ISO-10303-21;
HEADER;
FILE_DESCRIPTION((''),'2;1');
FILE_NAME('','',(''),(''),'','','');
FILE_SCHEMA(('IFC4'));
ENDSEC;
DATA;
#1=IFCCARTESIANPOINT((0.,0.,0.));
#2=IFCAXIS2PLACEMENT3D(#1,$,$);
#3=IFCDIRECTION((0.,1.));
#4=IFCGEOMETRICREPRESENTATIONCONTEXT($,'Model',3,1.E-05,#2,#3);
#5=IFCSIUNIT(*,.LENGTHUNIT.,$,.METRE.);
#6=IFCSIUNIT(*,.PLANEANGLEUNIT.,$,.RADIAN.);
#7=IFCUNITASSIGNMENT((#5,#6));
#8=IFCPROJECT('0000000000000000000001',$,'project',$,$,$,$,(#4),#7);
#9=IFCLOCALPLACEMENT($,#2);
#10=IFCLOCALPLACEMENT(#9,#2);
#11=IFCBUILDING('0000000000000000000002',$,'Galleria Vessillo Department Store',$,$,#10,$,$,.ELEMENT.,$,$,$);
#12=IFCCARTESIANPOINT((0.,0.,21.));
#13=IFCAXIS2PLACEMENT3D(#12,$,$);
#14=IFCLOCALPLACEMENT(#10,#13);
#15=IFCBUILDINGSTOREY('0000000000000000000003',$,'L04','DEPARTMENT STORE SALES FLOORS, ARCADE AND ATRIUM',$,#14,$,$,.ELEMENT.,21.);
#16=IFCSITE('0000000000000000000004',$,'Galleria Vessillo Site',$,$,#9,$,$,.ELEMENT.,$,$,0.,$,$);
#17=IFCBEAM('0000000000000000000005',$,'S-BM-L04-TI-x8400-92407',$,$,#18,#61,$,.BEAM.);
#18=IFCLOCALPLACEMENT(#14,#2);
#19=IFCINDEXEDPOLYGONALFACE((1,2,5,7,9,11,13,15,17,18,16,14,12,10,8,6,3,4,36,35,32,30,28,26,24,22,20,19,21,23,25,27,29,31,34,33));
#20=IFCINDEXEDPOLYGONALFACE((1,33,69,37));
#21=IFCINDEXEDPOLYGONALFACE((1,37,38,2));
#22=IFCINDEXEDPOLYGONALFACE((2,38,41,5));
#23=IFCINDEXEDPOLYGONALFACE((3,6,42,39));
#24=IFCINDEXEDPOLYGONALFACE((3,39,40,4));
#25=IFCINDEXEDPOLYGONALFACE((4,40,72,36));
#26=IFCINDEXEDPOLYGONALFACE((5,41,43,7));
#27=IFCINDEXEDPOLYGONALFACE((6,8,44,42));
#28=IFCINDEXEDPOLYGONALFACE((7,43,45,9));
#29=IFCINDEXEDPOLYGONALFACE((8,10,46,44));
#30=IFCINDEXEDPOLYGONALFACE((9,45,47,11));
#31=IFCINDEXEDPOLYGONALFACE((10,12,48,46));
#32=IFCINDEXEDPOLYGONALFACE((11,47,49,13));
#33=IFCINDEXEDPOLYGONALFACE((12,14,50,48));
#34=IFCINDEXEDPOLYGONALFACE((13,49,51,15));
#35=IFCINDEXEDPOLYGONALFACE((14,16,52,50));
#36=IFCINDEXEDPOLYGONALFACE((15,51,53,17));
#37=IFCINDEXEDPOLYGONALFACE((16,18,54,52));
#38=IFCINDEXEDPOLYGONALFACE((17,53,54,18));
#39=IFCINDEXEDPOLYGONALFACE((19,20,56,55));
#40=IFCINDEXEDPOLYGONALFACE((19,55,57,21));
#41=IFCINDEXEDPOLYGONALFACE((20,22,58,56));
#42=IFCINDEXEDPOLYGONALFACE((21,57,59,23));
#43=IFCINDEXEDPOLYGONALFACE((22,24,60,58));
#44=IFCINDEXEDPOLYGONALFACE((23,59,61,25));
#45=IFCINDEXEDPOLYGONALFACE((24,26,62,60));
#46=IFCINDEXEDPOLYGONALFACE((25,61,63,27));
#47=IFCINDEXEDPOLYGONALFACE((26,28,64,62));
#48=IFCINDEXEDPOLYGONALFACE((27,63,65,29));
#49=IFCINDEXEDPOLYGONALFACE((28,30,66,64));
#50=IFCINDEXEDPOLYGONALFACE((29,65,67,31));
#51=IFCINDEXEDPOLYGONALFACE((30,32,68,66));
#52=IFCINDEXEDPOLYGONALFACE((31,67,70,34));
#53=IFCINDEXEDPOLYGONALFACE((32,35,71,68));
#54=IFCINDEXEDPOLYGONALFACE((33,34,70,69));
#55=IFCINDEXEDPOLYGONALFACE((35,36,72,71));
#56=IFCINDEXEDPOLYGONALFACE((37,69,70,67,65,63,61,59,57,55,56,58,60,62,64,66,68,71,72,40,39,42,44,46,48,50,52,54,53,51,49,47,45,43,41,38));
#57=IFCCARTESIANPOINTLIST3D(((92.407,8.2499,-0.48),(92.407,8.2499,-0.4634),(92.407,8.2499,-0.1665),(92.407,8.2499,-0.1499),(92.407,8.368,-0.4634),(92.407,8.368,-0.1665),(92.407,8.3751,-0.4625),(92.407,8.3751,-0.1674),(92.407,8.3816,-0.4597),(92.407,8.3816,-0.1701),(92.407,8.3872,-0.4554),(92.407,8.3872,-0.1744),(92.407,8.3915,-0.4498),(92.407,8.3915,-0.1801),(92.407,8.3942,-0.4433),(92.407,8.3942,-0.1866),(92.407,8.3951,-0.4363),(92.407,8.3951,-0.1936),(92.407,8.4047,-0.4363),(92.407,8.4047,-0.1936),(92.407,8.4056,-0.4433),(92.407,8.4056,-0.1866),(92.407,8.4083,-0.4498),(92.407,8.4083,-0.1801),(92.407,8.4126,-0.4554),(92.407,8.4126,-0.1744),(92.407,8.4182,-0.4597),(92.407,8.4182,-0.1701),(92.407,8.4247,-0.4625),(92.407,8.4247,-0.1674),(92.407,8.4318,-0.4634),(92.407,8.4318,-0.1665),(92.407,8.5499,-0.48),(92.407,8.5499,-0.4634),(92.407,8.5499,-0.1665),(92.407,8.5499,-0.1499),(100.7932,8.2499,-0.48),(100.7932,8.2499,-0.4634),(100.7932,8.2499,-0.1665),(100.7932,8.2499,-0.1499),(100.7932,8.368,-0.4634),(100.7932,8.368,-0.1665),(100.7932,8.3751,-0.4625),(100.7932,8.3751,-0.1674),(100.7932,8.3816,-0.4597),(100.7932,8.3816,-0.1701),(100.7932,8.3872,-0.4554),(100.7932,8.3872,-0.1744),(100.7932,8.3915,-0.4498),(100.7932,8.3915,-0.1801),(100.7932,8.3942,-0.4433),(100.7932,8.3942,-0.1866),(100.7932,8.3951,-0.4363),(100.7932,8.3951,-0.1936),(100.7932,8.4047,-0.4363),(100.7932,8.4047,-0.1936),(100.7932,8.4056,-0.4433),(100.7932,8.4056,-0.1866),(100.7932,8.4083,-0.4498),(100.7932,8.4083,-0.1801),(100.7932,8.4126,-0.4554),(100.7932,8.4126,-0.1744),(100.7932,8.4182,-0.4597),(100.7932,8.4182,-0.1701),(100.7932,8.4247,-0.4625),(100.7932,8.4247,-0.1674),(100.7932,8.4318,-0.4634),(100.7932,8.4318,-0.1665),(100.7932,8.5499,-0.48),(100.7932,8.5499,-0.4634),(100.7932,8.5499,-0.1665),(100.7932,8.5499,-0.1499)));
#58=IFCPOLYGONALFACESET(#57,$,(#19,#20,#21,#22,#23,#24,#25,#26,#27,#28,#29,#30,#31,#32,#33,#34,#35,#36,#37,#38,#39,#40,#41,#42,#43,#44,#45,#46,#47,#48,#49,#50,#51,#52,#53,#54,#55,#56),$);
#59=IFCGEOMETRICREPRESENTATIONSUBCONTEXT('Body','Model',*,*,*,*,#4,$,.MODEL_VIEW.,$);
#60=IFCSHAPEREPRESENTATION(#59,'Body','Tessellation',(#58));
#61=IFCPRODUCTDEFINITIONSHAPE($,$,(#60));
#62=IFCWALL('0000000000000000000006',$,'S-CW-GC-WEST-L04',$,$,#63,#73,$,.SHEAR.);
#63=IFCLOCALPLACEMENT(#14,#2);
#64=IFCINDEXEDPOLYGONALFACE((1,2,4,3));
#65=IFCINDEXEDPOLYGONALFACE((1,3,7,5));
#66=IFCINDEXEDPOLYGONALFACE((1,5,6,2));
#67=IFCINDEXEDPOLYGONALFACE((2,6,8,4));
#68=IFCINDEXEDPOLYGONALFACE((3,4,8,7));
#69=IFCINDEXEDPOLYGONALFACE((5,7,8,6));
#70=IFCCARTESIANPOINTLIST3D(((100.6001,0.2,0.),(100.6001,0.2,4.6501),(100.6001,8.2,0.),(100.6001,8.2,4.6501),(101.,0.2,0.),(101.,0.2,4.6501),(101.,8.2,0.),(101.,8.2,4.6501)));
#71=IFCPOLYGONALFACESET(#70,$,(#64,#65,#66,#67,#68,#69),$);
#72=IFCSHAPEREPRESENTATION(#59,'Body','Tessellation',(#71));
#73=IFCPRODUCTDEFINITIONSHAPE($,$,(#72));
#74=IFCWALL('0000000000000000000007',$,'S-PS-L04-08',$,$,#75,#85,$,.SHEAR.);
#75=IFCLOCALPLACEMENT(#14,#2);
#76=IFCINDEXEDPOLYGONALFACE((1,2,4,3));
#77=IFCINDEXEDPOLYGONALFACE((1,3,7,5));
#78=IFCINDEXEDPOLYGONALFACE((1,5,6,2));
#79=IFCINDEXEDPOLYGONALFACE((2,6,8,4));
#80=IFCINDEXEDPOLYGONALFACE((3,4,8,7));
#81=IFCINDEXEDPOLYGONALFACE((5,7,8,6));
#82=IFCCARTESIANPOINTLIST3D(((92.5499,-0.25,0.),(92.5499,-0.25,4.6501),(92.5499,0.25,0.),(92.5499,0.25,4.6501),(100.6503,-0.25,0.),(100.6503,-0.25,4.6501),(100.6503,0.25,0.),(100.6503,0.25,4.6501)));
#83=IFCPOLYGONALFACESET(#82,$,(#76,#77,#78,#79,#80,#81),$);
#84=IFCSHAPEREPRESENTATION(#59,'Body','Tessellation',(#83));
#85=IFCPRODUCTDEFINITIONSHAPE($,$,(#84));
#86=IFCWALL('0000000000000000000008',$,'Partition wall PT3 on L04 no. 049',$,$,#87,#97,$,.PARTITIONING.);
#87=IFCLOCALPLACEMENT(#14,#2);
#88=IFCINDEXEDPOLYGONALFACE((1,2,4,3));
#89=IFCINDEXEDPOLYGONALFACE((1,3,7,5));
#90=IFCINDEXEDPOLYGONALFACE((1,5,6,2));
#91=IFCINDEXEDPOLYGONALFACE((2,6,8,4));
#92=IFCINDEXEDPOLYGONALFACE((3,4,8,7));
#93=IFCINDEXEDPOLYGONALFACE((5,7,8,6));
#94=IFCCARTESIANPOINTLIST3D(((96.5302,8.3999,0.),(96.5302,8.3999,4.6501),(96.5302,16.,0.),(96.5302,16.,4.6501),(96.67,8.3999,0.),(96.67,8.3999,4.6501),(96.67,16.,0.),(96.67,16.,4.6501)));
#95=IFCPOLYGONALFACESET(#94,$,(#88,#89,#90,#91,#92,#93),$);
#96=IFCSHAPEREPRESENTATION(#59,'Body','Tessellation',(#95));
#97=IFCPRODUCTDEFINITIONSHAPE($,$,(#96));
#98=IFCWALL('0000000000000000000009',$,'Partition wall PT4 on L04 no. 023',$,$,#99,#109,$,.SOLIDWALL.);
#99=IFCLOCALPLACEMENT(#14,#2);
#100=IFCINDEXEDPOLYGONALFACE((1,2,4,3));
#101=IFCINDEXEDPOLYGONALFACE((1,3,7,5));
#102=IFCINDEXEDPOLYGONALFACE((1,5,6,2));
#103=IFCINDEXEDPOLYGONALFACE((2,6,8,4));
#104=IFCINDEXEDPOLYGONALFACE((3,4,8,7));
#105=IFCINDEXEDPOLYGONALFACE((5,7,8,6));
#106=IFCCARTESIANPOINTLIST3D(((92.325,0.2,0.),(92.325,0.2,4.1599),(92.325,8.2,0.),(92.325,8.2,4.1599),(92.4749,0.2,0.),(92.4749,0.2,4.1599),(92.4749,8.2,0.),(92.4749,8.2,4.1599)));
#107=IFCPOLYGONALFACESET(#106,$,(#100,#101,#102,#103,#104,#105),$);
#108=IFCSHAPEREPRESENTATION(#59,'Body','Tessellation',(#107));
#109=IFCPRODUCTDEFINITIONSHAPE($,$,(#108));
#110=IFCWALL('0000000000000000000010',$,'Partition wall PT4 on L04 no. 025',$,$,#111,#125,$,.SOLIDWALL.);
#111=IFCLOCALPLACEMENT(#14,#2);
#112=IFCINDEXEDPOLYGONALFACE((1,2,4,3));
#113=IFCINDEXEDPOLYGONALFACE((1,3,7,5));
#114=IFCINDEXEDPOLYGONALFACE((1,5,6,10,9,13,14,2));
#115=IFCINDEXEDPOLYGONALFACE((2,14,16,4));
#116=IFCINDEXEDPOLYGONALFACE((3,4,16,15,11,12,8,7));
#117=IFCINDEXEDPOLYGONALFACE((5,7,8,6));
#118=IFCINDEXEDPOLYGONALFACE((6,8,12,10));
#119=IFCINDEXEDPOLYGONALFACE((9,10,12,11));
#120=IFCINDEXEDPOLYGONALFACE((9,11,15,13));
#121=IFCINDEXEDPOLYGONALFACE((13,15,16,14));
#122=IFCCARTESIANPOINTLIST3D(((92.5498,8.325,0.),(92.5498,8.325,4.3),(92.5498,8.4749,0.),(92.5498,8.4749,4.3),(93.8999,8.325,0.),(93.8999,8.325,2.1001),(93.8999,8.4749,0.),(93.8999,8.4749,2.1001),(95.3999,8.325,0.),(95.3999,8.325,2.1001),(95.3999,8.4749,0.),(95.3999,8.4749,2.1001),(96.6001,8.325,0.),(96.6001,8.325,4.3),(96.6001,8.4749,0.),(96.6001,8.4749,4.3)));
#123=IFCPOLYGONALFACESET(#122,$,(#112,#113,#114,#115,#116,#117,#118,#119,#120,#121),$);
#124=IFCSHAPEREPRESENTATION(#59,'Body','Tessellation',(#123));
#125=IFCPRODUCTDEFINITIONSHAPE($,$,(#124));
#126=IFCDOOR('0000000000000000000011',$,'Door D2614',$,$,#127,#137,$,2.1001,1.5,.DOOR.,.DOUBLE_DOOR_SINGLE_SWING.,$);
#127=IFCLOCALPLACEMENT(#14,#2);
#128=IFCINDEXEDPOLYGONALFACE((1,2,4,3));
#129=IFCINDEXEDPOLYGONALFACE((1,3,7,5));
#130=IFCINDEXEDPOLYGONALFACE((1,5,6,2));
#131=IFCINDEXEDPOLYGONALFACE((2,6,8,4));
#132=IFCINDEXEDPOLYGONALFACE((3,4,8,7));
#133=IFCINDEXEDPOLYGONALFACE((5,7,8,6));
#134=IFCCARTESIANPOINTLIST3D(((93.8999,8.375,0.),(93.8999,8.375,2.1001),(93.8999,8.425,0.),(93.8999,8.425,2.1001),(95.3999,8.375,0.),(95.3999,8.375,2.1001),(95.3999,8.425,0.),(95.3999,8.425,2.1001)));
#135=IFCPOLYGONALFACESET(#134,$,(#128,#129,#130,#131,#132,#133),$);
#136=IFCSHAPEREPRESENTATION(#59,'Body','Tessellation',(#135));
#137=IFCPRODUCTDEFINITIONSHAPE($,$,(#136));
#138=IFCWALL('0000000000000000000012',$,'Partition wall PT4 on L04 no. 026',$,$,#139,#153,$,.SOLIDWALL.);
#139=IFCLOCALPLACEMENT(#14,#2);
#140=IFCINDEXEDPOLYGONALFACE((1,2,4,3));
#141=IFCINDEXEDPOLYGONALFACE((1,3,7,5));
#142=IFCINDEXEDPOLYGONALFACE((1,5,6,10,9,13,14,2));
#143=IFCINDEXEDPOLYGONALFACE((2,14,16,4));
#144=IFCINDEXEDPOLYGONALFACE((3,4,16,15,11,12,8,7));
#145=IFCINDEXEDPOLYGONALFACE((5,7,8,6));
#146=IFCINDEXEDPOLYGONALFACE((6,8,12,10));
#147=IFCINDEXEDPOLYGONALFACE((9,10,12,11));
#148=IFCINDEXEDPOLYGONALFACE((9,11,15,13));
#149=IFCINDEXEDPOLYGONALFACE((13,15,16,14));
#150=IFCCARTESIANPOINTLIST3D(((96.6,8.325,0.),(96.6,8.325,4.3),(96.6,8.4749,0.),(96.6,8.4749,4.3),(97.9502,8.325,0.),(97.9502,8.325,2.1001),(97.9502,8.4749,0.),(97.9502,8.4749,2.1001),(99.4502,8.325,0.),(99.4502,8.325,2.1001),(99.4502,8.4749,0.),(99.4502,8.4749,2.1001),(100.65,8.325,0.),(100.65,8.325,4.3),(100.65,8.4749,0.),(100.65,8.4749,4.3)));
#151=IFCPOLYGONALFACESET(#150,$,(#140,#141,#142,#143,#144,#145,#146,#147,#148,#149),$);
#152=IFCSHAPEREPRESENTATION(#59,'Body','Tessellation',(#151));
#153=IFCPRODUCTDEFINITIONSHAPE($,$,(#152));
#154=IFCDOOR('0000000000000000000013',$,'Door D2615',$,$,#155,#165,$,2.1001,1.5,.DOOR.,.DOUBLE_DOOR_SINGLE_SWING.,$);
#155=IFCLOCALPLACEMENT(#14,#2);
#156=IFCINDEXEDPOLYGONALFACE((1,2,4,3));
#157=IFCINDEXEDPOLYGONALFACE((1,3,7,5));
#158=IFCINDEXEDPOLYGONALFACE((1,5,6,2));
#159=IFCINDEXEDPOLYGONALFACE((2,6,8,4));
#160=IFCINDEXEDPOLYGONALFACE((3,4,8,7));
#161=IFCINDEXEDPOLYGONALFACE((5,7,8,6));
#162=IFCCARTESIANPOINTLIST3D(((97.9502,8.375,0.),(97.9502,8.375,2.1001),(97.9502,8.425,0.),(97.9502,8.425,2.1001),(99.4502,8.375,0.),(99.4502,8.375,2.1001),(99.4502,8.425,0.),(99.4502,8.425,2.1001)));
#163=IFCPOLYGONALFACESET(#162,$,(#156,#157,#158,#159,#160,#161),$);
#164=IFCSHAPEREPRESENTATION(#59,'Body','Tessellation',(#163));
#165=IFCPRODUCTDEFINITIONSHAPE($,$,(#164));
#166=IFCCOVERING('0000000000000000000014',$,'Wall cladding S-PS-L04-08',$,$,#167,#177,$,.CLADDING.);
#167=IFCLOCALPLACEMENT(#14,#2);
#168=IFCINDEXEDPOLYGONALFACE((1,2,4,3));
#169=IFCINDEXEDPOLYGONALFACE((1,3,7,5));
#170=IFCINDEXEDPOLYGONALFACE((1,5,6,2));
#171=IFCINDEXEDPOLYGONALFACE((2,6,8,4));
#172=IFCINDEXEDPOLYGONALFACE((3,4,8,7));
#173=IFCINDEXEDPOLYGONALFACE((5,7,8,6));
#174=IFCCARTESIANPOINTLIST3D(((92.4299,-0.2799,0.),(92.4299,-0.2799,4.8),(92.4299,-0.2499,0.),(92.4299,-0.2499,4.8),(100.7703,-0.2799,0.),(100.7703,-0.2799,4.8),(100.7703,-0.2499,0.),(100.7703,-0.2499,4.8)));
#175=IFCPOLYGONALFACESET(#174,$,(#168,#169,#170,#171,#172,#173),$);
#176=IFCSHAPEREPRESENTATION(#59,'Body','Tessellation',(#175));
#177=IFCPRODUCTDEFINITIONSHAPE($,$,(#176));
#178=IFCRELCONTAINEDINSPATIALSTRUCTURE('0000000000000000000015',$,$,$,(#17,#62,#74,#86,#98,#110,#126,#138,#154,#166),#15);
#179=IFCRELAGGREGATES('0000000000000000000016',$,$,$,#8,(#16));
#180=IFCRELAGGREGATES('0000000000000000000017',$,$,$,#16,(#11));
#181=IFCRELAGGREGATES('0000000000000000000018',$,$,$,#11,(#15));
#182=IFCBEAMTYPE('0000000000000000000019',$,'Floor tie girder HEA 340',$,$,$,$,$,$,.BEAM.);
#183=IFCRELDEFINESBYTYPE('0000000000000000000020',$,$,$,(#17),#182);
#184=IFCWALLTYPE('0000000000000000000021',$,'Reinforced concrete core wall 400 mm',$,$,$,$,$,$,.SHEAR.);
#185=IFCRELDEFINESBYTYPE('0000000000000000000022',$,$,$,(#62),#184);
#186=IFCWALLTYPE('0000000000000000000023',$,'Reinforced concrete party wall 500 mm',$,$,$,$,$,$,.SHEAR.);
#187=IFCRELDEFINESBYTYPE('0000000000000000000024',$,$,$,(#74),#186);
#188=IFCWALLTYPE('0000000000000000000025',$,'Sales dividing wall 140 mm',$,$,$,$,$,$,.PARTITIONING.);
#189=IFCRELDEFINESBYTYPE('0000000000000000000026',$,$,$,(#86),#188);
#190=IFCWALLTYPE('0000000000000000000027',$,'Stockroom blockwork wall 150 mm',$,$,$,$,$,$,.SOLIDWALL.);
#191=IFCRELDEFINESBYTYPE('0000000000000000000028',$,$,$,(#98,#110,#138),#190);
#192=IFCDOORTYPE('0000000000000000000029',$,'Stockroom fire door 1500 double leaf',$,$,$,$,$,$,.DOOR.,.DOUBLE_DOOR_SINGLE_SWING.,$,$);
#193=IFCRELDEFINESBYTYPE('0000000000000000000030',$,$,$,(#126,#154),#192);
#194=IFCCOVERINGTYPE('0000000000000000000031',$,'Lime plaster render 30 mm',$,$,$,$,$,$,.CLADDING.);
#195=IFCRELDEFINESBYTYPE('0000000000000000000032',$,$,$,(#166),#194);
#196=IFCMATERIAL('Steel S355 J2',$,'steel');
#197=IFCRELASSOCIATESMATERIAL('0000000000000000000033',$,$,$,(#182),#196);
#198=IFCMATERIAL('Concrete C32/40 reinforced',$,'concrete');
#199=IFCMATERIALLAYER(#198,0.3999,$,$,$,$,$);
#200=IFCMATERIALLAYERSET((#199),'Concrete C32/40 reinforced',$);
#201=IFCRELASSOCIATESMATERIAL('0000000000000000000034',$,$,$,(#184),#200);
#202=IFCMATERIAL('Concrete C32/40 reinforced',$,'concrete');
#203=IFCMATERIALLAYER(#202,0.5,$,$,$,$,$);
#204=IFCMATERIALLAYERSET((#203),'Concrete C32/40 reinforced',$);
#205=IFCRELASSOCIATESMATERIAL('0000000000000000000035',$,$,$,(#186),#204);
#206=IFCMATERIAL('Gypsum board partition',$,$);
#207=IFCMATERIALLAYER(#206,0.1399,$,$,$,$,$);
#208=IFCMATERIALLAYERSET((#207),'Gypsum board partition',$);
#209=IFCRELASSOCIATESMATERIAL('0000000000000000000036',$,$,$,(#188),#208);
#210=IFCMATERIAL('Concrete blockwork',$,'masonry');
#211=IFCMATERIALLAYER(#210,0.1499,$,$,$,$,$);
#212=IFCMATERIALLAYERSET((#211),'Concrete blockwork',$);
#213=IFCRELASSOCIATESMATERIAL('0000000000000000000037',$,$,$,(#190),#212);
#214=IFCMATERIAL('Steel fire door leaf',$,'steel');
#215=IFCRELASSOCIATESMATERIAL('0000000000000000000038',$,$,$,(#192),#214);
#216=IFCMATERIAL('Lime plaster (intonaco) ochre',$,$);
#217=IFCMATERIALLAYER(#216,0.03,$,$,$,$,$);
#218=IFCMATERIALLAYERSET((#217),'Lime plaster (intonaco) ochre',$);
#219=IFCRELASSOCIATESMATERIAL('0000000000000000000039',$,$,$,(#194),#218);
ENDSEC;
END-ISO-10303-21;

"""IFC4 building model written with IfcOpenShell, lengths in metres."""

from ifc_helpers import new_model, si_unit, direction, frame, frame_2d, origin, origin_2d, place, context, subcontext, project, spatial, rectangle, i_section, extrude, material, layer, layer_set, material_profile, profile_set, type_object, element, fill, save


model = new_model("IFC4")

# Units and contexts
model_context = context("Model", 3, precision=1e-05, world=origin(), true_north=direction((0.0, 1.0)))
body_context = subcontext(model_context, "Body", "Model", "MODEL_VIEW")
ifc_project = project(units=[si_unit("LENGTHUNIT", "METRE"), si_unit("PLANEANGLEUNIT", "RADIAN")], contexts=[model_context])

# Site, building, storey
site_placement = place(None, origin())
site = spatial("IfcSite", under=ifc_project, at=site_placement, Name="Galleria Vessillo Site", CompositionType="ELEMENT", RefElevation=0.0)
building_placement = place(site_placement, origin())
building = spatial("IfcBuilding", under=site, at=building_placement, Name="Galleria Vessillo Department Store", CompositionType="ELEMENT")
storey_placement = place(building_placement, frame((0.0, 0.0, 21.0)))
storey = spatial("IfcBuildingStorey", under=building, at=storey_placement, Name="L04", Description="DEPARTMENT STORE SALES FLOORS, ARCADE AND ATRIUM", CompositionType="ELEMENT", Elevation=21.0)

# Beam
ifc_material_1 = material(Name="Steel S355 J2", Category="steel")
ifc_material_profile_1 = material_profile(ifc_material_1, i_section(OverallWidth=0.3, OverallDepth=0.3301, WebThickness=0.0095, FlangeThickness=0.0166, FilletRadius=0.0271, at=origin_2d()), Name="HEA 340")
ifc_profile_set_1 = profile_set([ifc_material_profile_1], Name="Steel S355 J2")
beam_type_1 = type_object("IfcBeamType", Name="Floor tie girder HEA 340", PredefinedType="BEAM", material=ifc_profile_set_1)
beam_placement = place(storey_placement, frame((92.407, 8.3999, -0.3149), z_axis=(1.0, 0.0, 0.0), x_axis=(0.0, 1.0, 0.0)))
element("IfcBeam", 1, at=beam_placement, inside=storey, type_object=beam_type_1, Name="S-BM-L04-TI-x8400-92407", PredefinedType="BEAM", context=body_context, shape_type="SweptSolid", body=[
    extrude(i_section(OverallWidth=0.3, OverallDepth=0.3301, WebThickness=0.0095, FlangeThickness=0.0166, FilletRadius=0.0271, at=origin_2d()), origin(), (0.0, 0.0, 1.0), 8.3862),
])

# Walls
ifc_material_2 = material(Name="Concrete C32/40 reinforced", Category="concrete")
ifc_layer_1 = layer(ifc_material_2, 0.3999)
ifc_layer_set_1 = layer_set([ifc_layer_1], Name="Concrete C32/40 reinforced")
wall_type_1 = type_object("IfcWallType", Name="Reinforced concrete core wall 400 mm", PredefinedType="SHEAR", material=ifc_layer_set_1)
wall_1_placement = place(storey_placement, frame((100.8, 0.2, 0.0), z_axis=(0.0, 0.0, 1.0), x_axis=(0.0, 1.0, 0.0)))
element("IfcWall", 2, at=wall_1_placement, inside=storey, type_object=wall_type_1, Name="S-CW-GC-WEST-L04", PredefinedType="SHEAR", context=body_context, shape_type="SweptSolid", body=[
    extrude(rectangle(XDim=8.0, YDim=0.3999, at=frame_2d((4.0, 0.0))), origin(), (0.0, 0.0, 1.0), 4.6501),
])
ifc_material_3 = material(Name="Concrete C32/40 reinforced", Category="concrete")
ifc_layer_2 = layer(ifc_material_3, 0.5)
ifc_layer_set_2 = layer_set([ifc_layer_2], Name="Concrete C32/40 reinforced")
wall_type_2 = type_object("IfcWallType", Name="Reinforced concrete party wall 500 mm", PredefinedType="SHEAR", material=ifc_layer_set_2)
wall_2_placement = place(storey_placement, frame((92.5498, 0.0, 0.0), z_axis=(0.0, 0.0, 1.0), x_axis=(1.0, 0.0, 0.0)))
element("IfcWall", 3, at=wall_2_placement, inside=storey, type_object=wall_type_2, Name="S-PS-L04-08", PredefinedType="SHEAR", context=body_context, shape_type="SweptSolid", body=[
    extrude(rectangle(XDim=8.1003, YDim=0.5, at=frame_2d((4.0503, 0.0))), origin(), (0.0, 0.0, 1.0), 4.6501),
])
ifc_material_4 = material(Name="Gypsum board partition")
ifc_layer_3 = layer(ifc_material_4, 0.1399)
ifc_layer_set_3 = layer_set([ifc_layer_3], Name="Gypsum board partition")
wall_type_3 = type_object("IfcWallType", Name="Sales dividing wall 140 mm", PredefinedType="PARTITIONING", material=ifc_layer_set_3)
wall_3_placement = place(storey_placement, frame((96.6001, 8.3999, 0.0), z_axis=(0.0, 0.0, 1.0), x_axis=(0.0, 1.0, 0.0)))
element("IfcWall", 4, at=wall_3_placement, inside=storey, type_object=wall_type_3, Name="Partition wall PT3 on L04 no. 049", PredefinedType="PARTITIONING", context=body_context, shape_type="SweptSolid", body=[
    extrude(rectangle(XDim=7.6001, YDim=0.1399, at=frame_2d((3.8, 0.0))), origin(), (0.0, 0.0, 1.0), 4.6501),
])
ifc_material_5 = material(Name="Concrete blockwork", Category="masonry")
ifc_layer_4 = layer(ifc_material_5, 0.1499)
ifc_layer_set_4 = layer_set([ifc_layer_4], Name="Concrete blockwork")
wall_type_4 = type_object("IfcWallType", Name="Stockroom blockwork wall 150 mm", PredefinedType="SOLIDWALL", material=ifc_layer_set_4)
wall_4_placement = place(storey_placement, frame((92.3999, 0.2, 0.0), z_axis=(0.0, 0.0, 1.0), x_axis=(0.0, 1.0, 0.0)))
element("IfcWall", 5, at=wall_4_placement, inside=storey, type_object=wall_type_4, Name="Partition wall PT4 on L04 no. 023", PredefinedType="SOLIDWALL", context=body_context, shape_type="SweptSolid", body=[
    extrude(rectangle(XDim=8.0, YDim=0.1499, at=frame_2d((4.0, 0.0))), origin(), (0.0, 0.0, 1.0), 4.1599),
])

# Walls, openings, doors
wall_5_placement = place(storey_placement, frame((92.5498, 8.3999, 0.0), z_axis=(0.0, 0.0, 1.0), x_axis=(1.0, 0.0, 0.0)))
wall_5 = element("IfcWall", 6, at=wall_5_placement, inside=storey, type_object=wall_type_4, Name="Partition wall PT4 on L04 no. 025", PredefinedType="SOLIDWALL", context=body_context, shape_type="SweptSolid", body=[
    extrude(rectangle(XDim=4.0503, YDim=0.1499, at=frame_2d((2.0251, 0.0))), origin(), (0.0, 0.0, 1.0), 4.3),
])
opening_1_placement = place(wall_5_placement, frame((1.3501, 0.0, 0.0)))
opening_1 = element("IfcOpeningElement", 7, at=opening_1_placement, cuts=wall_5, PredefinedType="OPENING", context=body_context, shape_type="SweptSolid", body=[
    extrude(rectangle(XDim=1.5, YDim=2.1001, at=frame_2d((0.75, 1.05))), frame((0.0, 0.085, 0.0), z_axis=(0.0, -1.0, 0.0), x_axis=(1.0, 0.0, 0.0)), (0.0, 0.0, 1.0), 0.1699),
])
ifc_material_6 = material(Name="Steel fire door leaf", Category="steel")
door_type = type_object("IfcDoorType", Name="Stockroom fire door 1500 double leaf", OperationType="DOUBLE_DOOR_SINGLE_SWING", PredefinedType="DOOR", material=ifc_material_6)
door_1_placement = place(opening_1_placement, frame((1.5, 0.0, 0.0), z_axis=(0.0, 0.0, 1.0), x_axis=(-1.0, 0.0, 0.0)))
door_1 = element("IfcDoor", 8, at=door_1_placement, inside=storey, type_object=door_type, Name="Door D2614", OperationType="DOUBLE_DOOR_SINGLE_SWING", OverallHeight=2.1001, OverallWidth=1.5, PredefinedType="DOOR", context=body_context, shape_type="SweptSolid", body=[
    extrude(rectangle(XDim=1.5, YDim=2.1001, at=frame_2d((0.75, 1.05))), frame((0.0, 0.0249, 0.0), z_axis=(0.0, -1.0, 0.0), x_axis=(1.0, 0.0, 0.0)), (0.0, 0.0, 1.0), 0.05),
])
fill(opening_1, door_1)
wall_6_placement = place(storey_placement, frame((96.6001, 8.3999, 0.0), z_axis=(0.0, 0.0, 1.0), x_axis=(1.0, 0.0, 0.0)))
wall_6 = element("IfcWall", 9, at=wall_6_placement, inside=storey, type_object=wall_type_4, Name="Partition wall PT4 on L04 no. 026", PredefinedType="SOLIDWALL", context=body_context, shape_type="SweptSolid", body=[
    extrude(rectangle(XDim=4.05, YDim=0.1499, at=frame_2d((2.0249, 0.0))), origin(), (0.0, 0.0, 1.0), 4.3),
])
opening_2_placement = place(wall_6_placement, frame((1.3501, 0.0, 0.0)))
opening_2 = element("IfcOpeningElement", 10, at=opening_2_placement, cuts=wall_6, PredefinedType="OPENING", context=body_context, shape_type="SweptSolid", body=[
    extrude(rectangle(XDim=1.5, YDim=2.1001, at=frame_2d((0.75, 1.05))), frame((0.0, 0.085, 0.0), z_axis=(0.0, -1.0, 0.0), x_axis=(1.0, 0.0, 0.0)), (0.0, 0.0, 1.0), 0.1699),
])
door_2_placement = place(opening_2_placement, frame((1.5, 0.0, 0.0), z_axis=(0.0, 0.0, 1.0), x_axis=(-1.0, 0.0, 0.0)))
door_2 = element("IfcDoor", 11, at=door_2_placement, inside=storey, type_object=door_type, Name="Door D2615", OperationType="DOUBLE_DOOR_SINGLE_SWING", OverallHeight=2.1001, OverallWidth=1.5, PredefinedType="DOOR", context=body_context, shape_type="SweptSolid", body=[
    extrude(rectangle(XDim=1.5, YDim=2.1001, at=frame_2d((0.75, 1.05))), frame((0.0, 0.0249, 0.0), z_axis=(0.0, -1.0, 0.0), x_axis=(1.0, 0.0, 0.0)), (0.0, 0.0, 1.0), 0.05),
])
fill(opening_2, door_2)

# Covering
ifc_material_7 = material(Name="Lime plaster (intonaco) ochre")
ifc_layer_5 = layer(ifc_material_7, 0.03)
ifc_layer_set_5 = layer_set([ifc_layer_5], Name="Lime plaster (intonaco) ochre")
covering_type = type_object("IfcCoveringType", Name="Lime plaster render 30 mm", PredefinedType="CLADDING", material=ifc_layer_set_5)
covering_placement = place(storey_placement, frame((96.6001, -0.2649, 0.0), z_axis=(0.0, 0.0, 1.0), x_axis=(1.0, 0.0, 0.0)))
element("IfcCovering", 12, at=covering_placement, inside=storey, type_object=covering_type, Name="Wall cladding S-PS-L04-08", PredefinedType="CLADDING", context=body_context, shape_type="SweptSolid", body=[
    extrude(rectangle(XDim=8.3403, YDim=0.03, at=origin_2d()), origin(), (0.0, 0.0, 1.0), 4.8),
])

save(model, "model.ifc")
